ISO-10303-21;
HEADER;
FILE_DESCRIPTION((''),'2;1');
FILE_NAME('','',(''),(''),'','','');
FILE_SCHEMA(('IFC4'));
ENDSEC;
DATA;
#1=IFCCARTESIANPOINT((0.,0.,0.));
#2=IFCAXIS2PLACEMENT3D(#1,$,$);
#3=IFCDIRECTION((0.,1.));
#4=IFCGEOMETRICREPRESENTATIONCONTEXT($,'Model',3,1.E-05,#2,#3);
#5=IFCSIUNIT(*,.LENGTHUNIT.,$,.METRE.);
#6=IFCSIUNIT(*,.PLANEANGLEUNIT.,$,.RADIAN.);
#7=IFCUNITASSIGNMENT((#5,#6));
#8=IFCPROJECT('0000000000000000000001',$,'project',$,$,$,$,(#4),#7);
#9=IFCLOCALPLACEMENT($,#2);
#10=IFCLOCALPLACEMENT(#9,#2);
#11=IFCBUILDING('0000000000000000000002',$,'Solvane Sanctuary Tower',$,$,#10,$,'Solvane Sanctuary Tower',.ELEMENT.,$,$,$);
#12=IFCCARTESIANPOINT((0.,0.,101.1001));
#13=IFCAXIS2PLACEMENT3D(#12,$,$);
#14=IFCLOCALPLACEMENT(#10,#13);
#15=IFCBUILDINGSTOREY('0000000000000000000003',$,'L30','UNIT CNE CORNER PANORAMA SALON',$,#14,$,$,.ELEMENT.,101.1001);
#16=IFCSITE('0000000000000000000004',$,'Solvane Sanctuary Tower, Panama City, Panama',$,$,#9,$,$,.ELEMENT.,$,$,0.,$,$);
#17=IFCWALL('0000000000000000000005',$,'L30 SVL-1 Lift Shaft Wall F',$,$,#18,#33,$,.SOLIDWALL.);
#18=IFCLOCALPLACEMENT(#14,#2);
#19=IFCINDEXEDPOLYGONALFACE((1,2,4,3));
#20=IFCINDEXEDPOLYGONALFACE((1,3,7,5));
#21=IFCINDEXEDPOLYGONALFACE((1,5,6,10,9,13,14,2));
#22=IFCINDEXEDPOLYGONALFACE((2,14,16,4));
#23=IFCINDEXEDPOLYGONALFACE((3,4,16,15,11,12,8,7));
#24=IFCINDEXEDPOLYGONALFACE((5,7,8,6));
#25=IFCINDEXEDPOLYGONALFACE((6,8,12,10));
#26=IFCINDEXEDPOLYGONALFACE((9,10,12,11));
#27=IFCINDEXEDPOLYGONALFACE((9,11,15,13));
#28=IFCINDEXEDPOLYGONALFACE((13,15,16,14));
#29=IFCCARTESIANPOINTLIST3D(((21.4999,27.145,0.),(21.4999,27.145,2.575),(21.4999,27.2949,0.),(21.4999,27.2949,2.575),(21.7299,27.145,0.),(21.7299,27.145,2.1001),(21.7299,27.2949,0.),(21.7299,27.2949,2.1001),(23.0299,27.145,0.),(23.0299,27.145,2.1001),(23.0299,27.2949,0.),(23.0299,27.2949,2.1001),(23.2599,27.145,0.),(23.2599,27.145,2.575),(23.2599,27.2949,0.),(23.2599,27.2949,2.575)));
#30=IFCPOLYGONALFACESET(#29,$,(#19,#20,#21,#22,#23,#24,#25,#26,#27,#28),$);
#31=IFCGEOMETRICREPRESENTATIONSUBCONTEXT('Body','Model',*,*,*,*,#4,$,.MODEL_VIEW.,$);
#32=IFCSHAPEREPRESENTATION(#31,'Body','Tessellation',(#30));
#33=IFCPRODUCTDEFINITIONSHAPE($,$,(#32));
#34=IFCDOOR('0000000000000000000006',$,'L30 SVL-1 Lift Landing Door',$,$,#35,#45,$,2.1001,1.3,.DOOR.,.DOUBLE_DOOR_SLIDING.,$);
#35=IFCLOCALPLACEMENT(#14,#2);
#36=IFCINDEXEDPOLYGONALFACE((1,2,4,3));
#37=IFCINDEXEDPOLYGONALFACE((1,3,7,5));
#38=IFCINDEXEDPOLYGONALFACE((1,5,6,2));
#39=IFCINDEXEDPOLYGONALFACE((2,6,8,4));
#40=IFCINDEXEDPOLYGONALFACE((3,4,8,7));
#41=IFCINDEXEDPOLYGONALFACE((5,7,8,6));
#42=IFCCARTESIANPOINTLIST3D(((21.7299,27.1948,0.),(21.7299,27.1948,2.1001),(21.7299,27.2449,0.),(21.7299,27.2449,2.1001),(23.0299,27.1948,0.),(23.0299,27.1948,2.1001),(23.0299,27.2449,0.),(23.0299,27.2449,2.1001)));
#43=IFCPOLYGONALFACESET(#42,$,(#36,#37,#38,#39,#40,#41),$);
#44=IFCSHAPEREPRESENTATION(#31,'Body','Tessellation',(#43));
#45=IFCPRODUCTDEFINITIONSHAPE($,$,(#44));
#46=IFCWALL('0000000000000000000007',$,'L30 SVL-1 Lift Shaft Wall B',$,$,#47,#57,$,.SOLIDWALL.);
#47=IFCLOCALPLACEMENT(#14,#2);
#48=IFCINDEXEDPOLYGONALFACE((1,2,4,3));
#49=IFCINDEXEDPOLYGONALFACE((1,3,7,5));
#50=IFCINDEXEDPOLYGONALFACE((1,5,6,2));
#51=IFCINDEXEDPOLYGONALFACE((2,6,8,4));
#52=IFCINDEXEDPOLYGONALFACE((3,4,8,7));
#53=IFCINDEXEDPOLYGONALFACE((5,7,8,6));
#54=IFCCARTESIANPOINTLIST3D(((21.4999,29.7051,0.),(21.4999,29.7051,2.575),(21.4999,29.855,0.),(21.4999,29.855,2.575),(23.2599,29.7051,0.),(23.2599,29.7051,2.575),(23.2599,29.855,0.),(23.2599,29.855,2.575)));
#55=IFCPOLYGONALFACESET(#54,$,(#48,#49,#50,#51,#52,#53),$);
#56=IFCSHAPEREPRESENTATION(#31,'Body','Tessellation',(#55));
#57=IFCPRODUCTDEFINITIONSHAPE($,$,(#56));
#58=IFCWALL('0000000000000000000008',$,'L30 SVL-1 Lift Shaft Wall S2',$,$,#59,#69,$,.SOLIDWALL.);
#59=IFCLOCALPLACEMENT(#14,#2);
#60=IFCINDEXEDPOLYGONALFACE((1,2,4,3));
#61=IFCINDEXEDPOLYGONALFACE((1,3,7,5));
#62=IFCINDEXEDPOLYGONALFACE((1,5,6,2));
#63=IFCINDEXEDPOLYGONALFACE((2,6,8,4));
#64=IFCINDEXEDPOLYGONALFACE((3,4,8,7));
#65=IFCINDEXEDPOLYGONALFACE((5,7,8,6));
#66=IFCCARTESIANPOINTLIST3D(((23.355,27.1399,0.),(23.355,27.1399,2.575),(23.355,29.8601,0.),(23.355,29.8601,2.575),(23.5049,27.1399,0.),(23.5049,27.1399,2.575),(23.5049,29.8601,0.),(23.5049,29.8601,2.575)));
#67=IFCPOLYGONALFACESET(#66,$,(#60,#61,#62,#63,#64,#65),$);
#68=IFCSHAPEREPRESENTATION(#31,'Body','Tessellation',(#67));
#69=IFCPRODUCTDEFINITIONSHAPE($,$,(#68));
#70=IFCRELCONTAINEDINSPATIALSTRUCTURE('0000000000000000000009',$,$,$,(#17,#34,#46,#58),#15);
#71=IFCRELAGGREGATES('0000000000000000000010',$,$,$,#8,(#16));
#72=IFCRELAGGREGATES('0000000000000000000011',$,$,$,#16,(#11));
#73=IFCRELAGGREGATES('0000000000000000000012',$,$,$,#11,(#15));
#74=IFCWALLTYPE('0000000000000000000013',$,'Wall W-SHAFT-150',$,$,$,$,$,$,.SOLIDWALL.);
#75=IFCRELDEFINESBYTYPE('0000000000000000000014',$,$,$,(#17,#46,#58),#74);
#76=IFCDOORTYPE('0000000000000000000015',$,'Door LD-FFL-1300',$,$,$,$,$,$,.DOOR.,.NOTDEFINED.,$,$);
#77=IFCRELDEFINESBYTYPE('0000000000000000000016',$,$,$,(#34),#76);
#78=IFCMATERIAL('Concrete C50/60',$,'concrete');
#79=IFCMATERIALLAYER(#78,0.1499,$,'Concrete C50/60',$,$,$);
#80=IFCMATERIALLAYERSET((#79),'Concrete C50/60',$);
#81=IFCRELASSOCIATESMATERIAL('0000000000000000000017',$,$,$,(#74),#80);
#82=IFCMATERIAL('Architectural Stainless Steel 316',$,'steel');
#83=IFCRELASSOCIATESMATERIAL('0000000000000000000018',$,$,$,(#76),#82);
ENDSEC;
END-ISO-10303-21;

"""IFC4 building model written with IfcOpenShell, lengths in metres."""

from ifc_helpers import new_model, si_unit, direction, frame, frame_2d, origin, place, context, subcontext, project, spatial, rectangle, extrude, material, layer, layer_set, type_object, element, fill, save


model = new_model("IFC4")

# Units and contexts
model_context = context("Model", 3, precision=1e-05, world=origin(), true_north=direction((0.0, 1.0)))
body_context = subcontext(model_context, "Body", "Model", "MODEL_VIEW")
ifc_project = project(units=[si_unit("LENGTHUNIT", "METRE"), si_unit("PLANEANGLEUNIT", "RADIAN")], contexts=[model_context])

# Site, building, storey
site_placement = place(None, origin())
site = spatial("IfcSite", under=ifc_project, at=site_placement, Name="Solvane Sanctuary Tower, Panama City, Panama", CompositionType="ELEMENT", RefElevation=0.0)
building_placement = place(site_placement, origin())
building = spatial("IfcBuilding", under=site, at=building_placement, Name="Solvane Sanctuary Tower", LongName="Solvane Sanctuary Tower", CompositionType="ELEMENT")
storey_placement = place(building_placement, frame((0.0, 0.0, 101.1001)))
storey = spatial("IfcBuildingStorey", under=building, at=storey_placement, Name="L30", Description="UNIT CNE CORNER PANORAMA SALON", CompositionType="ELEMENT", Elevation=101.1001)

# Shared definitions
ifc_material_1 = material(Name="Architectural Stainless Steel 316", Category="steel")

# Shared definitions
ifc_material_2 = material(Name="Concrete C50/60", Category="concrete")
ifc_layer_1 = layer(ifc_material_2, 0.1499, Name="Concrete C50/60")
ifc_layer_set_1 = layer_set([ifc_layer_1], Name="Concrete C50/60")
wall_type_1 = type_object("IfcWallType", Name="Wall W-SHAFT-150", PredefinedType="SOLIDWALL", material=ifc_layer_set_1)

# Shared definitions
door_type_1 = type_object("IfcDoorType", Name="Door LD-FFL-1300", OperationType="NOTDEFINED", PredefinedType="DOOR", material=ifc_material_1)

# Wall, opening, door
wall_1_placement = place(storey_placement, frame((21.5, 27.22, 0.0), z_axis=(0.0, 0.0, 1.0), x_axis=(1.0, 0.0, 0.0)))
wall_1 = element("IfcWall", 1, at=wall_1_placement, inside=storey, type_object=wall_type_1, Name="L30 SVL-1 Lift Shaft Wall F", PredefinedType="SOLIDWALL", context=body_context, shape_type="SweptSolid", body=[
    extrude(rectangle(XDim=1.76, YDim=0.1499, at=frame_2d((0.8799, 0.0))), origin(), (0.0, 0.0, 1.0), 2.575),
])
opening_1_placement = place(wall_1_placement, frame((0.23, 0.0, 0.0)))
opening_1 = element("IfcOpeningElement", 2, at=opening_1_placement, cuts=wall_1, PredefinedType="OPENING", context=body_context, shape_type="SweptSolid", body=[
    extrude(rectangle(XDim=1.3, YDim=2.1001, at=frame_2d((0.6499, 1.05))), frame((0.0, 0.085, 0.0), z_axis=(0.0, -1.0, 0.0), x_axis=(1.0, 0.0, 0.0)), (0.0, 0.0, 1.0), 0.1699),
])
door_1_placement = place(opening_1_placement, origin())
door_1 = element("IfcDoor", 3, at=door_1_placement, inside=storey, type_object=door_type_1, Name="L30 SVL-1 Lift Landing Door", OperationType="DOUBLE_DOOR_SLIDING", OverallHeight=2.1001, OverallWidth=1.3, PredefinedType="DOOR", context=body_context, shape_type="SweptSolid", body=[
    extrude(rectangle(XDim=1.3, YDim=2.1001, at=frame_2d((0.6499, 1.05))), frame((0.0, 0.0249, 0.0), z_axis=(0.0, -1.0, 0.0), x_axis=(1.0, 0.0, 0.0)), (0.0, 0.0, 1.0), 0.05),
])
fill(opening_1, door_1)

# Walls
wall_2_placement = place(storey_placement, frame((21.5, 29.78, 0.0), z_axis=(0.0, 0.0, 1.0), x_axis=(1.0, 0.0, 0.0)))
element("IfcWall", 4, at=wall_2_placement, inside=storey, type_object=wall_type_1, Name="L30 SVL-1 Lift Shaft Wall B", PredefinedType="SOLIDWALL", context=body_context, shape_type="SweptSolid", body=[
    extrude(rectangle(XDim=1.76, YDim=0.1499, at=frame_2d((0.8799, 0.0))), origin(), (0.0, 0.0, 1.0), 2.575),
])
wall_3_placement = place(storey_placement, frame((23.4299, 27.1399, 0.0), z_axis=(0.0, 0.0, 1.0), x_axis=(0.0, 1.0, 0.0)))
element("IfcWall", 5, at=wall_3_placement, inside=storey, type_object=wall_type_1, Name="L30 SVL-1 Lift Shaft Wall S2", PredefinedType="SOLIDWALL", context=body_context, shape_type="SweptSolid", body=[
    extrude(rectangle(XDim=2.7202, YDim=0.1499, at=frame_2d((1.3601, 0.0))), origin(), (0.0, 0.0, 1.0), 2.575),
])

save(model, "model.ifc")
